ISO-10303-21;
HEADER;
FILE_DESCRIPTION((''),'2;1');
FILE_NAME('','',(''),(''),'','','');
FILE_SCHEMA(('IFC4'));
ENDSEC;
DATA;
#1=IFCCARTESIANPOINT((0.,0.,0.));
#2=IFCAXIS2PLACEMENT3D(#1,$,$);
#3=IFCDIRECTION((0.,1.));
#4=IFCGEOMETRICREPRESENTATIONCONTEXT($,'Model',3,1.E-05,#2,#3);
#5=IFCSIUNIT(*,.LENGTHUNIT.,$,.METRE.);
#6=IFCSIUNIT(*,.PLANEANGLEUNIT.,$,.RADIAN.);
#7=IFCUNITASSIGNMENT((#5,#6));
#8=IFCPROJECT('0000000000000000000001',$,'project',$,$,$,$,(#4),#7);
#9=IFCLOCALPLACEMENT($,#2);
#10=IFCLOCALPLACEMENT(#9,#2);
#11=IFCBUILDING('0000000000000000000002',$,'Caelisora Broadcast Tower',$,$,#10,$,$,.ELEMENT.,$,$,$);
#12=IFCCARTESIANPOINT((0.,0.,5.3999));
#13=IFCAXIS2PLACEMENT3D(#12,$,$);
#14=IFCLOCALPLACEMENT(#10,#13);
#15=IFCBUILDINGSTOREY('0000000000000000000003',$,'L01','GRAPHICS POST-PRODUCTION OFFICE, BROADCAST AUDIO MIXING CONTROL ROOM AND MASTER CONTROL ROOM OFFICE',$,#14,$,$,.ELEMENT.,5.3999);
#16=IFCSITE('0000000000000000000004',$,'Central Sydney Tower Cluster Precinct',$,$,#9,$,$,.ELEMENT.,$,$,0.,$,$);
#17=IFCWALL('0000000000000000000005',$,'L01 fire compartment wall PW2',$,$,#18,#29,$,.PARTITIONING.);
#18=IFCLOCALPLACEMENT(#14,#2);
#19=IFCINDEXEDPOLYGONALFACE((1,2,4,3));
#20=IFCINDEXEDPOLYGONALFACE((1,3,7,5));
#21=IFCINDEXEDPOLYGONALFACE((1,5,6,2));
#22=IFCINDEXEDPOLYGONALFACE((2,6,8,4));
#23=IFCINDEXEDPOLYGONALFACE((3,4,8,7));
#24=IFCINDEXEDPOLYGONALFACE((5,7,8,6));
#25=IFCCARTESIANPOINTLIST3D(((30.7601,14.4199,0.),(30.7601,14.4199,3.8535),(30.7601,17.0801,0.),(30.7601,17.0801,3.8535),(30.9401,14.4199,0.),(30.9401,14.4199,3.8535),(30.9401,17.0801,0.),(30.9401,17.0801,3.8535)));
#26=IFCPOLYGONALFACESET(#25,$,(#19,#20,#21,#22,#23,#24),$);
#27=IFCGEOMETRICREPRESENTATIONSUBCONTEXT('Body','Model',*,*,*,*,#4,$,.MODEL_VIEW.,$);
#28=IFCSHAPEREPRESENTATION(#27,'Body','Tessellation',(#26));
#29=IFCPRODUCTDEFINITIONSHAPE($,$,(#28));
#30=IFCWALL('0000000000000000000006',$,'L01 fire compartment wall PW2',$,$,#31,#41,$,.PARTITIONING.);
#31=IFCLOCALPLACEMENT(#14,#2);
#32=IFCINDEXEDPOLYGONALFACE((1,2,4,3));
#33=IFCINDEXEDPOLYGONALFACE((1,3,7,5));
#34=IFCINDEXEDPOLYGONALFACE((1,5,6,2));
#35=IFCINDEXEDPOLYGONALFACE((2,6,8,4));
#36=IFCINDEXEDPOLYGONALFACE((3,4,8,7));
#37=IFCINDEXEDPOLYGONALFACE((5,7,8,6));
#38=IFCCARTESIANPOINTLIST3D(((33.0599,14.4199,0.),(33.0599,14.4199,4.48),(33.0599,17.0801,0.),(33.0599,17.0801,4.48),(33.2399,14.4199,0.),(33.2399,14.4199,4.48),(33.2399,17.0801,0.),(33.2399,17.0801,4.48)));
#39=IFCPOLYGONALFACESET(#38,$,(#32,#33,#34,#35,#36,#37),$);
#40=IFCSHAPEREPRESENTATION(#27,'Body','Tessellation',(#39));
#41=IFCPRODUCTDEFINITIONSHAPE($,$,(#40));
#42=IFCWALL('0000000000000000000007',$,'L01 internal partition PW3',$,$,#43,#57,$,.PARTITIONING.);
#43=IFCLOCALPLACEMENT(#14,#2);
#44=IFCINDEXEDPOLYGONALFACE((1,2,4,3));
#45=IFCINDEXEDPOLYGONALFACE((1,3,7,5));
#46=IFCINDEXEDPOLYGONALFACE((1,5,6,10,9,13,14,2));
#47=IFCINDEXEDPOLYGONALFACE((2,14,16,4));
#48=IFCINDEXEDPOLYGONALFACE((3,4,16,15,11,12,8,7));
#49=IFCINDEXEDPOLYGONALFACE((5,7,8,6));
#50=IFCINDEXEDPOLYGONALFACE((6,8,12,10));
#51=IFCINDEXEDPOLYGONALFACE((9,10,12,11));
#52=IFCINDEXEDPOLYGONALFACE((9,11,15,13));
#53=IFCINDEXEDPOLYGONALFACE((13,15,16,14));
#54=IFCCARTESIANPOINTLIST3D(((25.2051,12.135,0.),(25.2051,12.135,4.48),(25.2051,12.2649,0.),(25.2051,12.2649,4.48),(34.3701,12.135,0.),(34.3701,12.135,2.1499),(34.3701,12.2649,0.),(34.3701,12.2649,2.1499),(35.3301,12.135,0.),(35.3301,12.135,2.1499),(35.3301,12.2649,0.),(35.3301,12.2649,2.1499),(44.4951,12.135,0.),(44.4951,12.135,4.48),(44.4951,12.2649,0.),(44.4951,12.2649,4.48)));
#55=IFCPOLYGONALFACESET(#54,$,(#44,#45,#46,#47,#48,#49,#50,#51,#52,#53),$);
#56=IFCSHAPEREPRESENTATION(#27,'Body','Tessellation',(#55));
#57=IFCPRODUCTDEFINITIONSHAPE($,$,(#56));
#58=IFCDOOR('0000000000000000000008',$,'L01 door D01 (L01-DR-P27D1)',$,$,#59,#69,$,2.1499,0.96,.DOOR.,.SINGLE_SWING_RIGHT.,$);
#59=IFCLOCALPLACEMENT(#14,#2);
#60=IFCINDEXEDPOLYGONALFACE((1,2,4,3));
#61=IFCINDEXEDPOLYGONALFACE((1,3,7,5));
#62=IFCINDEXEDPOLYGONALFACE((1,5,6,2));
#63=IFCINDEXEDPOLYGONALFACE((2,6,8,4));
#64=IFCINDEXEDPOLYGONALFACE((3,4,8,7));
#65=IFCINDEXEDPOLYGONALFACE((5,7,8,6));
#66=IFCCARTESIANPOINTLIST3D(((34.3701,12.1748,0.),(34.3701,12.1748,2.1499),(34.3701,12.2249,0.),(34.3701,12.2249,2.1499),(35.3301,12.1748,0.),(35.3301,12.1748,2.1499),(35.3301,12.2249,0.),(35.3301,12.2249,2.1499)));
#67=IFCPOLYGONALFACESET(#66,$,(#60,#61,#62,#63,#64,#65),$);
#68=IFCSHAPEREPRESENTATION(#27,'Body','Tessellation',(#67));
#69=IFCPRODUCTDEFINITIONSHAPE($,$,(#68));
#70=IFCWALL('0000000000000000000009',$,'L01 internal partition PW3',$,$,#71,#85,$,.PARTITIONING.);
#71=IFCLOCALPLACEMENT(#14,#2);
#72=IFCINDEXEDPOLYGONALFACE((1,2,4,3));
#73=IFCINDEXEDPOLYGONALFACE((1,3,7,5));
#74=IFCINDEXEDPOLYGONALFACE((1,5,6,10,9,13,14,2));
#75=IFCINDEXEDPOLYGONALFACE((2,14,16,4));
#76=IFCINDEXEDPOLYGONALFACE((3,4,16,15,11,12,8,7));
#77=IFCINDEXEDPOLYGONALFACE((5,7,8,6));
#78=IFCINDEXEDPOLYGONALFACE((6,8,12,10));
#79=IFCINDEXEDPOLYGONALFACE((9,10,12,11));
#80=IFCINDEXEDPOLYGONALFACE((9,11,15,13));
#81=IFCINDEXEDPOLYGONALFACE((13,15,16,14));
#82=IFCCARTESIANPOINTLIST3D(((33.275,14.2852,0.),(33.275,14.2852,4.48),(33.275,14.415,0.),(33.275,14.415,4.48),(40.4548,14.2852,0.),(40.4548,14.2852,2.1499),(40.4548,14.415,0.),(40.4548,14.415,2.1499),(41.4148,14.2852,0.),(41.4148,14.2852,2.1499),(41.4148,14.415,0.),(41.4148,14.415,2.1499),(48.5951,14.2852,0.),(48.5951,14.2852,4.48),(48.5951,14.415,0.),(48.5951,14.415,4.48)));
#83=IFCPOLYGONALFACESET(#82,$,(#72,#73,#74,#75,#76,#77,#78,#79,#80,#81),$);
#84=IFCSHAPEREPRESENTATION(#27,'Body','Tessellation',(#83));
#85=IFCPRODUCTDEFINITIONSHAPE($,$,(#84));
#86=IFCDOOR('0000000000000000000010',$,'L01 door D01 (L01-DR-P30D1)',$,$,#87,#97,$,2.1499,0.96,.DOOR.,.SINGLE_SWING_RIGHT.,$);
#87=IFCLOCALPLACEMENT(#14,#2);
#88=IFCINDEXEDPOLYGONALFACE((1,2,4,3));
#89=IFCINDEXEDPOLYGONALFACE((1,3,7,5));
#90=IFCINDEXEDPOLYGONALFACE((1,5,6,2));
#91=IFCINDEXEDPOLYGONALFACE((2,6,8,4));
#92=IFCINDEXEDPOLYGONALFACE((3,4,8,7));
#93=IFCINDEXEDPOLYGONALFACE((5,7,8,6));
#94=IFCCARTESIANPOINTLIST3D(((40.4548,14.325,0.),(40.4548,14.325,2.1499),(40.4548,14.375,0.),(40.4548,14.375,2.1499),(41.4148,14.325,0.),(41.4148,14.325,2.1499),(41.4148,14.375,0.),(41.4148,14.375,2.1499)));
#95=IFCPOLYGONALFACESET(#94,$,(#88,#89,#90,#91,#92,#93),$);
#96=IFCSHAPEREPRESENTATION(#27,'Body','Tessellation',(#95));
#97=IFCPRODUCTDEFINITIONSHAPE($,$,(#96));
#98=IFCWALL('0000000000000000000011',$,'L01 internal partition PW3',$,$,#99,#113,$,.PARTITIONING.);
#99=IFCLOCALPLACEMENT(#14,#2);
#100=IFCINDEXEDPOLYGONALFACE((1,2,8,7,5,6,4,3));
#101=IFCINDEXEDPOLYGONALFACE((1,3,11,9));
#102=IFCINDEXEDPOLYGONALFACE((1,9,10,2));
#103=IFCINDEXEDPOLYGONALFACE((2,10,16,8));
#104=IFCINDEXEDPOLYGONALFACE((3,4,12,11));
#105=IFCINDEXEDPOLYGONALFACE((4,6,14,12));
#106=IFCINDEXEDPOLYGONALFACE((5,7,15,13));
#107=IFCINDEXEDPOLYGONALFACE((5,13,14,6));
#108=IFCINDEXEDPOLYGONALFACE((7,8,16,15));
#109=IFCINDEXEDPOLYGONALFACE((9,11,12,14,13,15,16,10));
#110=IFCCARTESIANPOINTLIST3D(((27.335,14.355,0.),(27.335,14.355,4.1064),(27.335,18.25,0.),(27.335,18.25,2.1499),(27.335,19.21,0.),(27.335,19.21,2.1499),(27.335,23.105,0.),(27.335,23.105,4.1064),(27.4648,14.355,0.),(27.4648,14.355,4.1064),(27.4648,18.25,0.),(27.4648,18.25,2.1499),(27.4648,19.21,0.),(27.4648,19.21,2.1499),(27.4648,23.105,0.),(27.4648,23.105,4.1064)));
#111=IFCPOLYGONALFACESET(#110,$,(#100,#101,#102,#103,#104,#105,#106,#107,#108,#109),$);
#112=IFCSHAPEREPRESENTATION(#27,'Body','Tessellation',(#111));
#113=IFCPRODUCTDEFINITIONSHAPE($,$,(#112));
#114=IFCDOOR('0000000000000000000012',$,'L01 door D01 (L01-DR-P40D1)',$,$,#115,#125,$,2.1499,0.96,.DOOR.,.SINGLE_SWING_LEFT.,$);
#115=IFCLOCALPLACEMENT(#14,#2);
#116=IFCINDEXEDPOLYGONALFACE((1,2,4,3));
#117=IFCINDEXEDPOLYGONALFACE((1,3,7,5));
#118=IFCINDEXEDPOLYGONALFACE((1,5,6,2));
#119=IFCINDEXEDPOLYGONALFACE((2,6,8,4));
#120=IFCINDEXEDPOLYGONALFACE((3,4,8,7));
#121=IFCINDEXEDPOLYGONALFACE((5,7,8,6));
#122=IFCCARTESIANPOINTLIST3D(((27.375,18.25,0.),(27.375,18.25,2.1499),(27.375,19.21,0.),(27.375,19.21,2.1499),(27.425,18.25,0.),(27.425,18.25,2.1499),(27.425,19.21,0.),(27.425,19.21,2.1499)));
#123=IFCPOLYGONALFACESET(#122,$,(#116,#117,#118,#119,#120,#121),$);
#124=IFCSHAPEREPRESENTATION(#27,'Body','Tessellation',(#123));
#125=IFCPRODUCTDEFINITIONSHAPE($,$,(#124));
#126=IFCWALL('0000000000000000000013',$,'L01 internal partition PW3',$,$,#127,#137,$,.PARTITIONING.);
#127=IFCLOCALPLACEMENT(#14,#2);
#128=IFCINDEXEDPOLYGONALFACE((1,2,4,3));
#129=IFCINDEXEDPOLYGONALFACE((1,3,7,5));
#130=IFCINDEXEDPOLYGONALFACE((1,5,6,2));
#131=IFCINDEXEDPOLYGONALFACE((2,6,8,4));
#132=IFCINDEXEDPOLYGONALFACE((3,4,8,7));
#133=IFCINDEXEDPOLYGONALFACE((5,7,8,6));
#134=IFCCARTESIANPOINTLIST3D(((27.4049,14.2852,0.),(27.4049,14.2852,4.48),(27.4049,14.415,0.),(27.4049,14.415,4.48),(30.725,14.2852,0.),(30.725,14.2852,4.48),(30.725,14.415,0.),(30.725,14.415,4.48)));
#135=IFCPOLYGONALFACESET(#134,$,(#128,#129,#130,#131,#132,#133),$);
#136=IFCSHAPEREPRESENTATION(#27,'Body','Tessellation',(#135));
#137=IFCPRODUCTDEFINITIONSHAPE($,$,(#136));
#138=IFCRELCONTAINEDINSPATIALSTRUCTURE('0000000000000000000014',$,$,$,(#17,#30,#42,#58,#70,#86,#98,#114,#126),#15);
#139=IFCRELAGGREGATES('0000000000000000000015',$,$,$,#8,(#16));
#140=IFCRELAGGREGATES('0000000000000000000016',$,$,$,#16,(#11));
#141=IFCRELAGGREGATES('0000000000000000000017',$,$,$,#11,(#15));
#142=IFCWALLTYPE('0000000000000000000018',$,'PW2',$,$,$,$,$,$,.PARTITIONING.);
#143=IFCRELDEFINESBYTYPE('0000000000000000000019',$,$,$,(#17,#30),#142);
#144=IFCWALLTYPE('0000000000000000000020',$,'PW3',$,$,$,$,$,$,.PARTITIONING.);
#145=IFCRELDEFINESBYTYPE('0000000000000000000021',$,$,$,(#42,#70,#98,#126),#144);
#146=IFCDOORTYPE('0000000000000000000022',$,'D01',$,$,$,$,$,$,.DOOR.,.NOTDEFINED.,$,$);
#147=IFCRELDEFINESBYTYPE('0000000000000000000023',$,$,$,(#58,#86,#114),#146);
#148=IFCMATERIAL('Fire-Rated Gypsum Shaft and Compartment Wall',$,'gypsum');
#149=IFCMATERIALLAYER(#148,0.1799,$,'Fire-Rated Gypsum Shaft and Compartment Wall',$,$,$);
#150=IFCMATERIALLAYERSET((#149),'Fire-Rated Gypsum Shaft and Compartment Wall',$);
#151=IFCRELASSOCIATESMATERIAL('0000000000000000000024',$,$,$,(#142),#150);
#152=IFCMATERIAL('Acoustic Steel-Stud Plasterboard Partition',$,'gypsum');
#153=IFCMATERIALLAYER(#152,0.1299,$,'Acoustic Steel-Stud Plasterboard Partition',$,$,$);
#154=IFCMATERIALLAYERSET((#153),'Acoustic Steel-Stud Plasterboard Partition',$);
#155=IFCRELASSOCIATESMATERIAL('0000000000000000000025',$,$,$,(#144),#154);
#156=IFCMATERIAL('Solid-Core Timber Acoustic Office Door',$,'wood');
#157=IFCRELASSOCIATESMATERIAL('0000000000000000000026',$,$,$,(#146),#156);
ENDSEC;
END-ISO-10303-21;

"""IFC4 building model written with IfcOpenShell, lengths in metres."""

from ifc_helpers import new_model, si_unit, direction, frame, frame_2d, origin, place, context, subcontext, project, spatial, rectangle, extrude, material, layer, layer_set, type_object, element, fill, save


model = new_model("IFC4")

# Units and contexts
model_context = context("Model", 3, precision=1e-05, world=origin(), true_north=direction((0.0, 1.0)))
body_context = subcontext(model_context, "Body", "Model", "MODEL_VIEW")
ifc_project = project(units=[si_unit("LENGTHUNIT", "METRE"), si_unit("PLANEANGLEUNIT", "RADIAN")], contexts=[model_context])

# Site, building, storey
site_placement = place(None, origin())
site = spatial("IfcSite", under=ifc_project, at=site_placement, Name="Central Sydney Tower Cluster Precinct", CompositionType="ELEMENT", RefElevation=0.0)
building_placement = place(site_placement, origin())
building = spatial("IfcBuilding", under=site, at=building_placement, Name="Caelisora Broadcast Tower", CompositionType="ELEMENT")
storey_placement = place(building_placement, frame((0.0, 0.0, 5.3999)))
storey = spatial("IfcBuildingStorey", under=building, at=storey_placement, Name="L01", Description="GRAPHICS POST-PRODUCTION OFFICE, BROADCAST AUDIO MIXING CONTROL ROOM AND MASTER CONTROL ROOM OFFICE", CompositionType="ELEMENT", Elevation=5.3999)

# Shared definitions
ifc_material_1 = material(Name="Fire-Rated Gypsum Shaft and Compartment Wall", Category="gypsum")
ifc_layer_1 = layer(ifc_material_1, 0.1799, Name="Fire-Rated Gypsum Shaft and Compartment Wall")
ifc_layer_set_1 = layer_set([ifc_layer_1], Name="Fire-Rated Gypsum Shaft and Compartment Wall")
wall_type_1 = type_object("IfcWallType", Name="PW2", PredefinedType="PARTITIONING", material=ifc_layer_set_1)

# Walls
wall_1_placement = place(storey_placement, frame((30.8501, 14.4199, 0.0), z_axis=(0.0, 0.0, 1.0), x_axis=(0.0, 1.0, 0.0)))
element("IfcWall", 1, at=wall_1_placement, inside=storey, type_object=wall_type_1, Name="L01 fire compartment wall PW2", PredefinedType="PARTITIONING", context=body_context, shape_type="SweptSolid", body=[
    extrude(rectangle(XDim=2.6602, YDim=0.1799, at=frame_2d((1.3301, 0.0))), origin(), (0.0, 0.0, 1.0), 3.8535),
])
wall_2_placement = place(storey_placement, frame((33.1499, 14.4199, 0.0), z_axis=(0.0, 0.0, 1.0), x_axis=(0.0, 1.0, 0.0)))
element("IfcWall", 2, at=wall_2_placement, inside=storey, type_object=wall_type_1, Name="L01 fire compartment wall PW2", PredefinedType="PARTITIONING", context=body_context, shape_type="SweptSolid", body=[
    extrude(rectangle(XDim=2.6602, YDim=0.1799, at=frame_2d((1.3301, 0.0))), origin(), (0.0, 0.0, 1.0), 4.48),
])

# Walls, openings, doors
ifc_material_2 = material(Name="Acoustic Steel-Stud Plasterboard Partition", Category="gypsum")
ifc_layer_2 = layer(ifc_material_2, 0.1299, Name="Acoustic Steel-Stud Plasterboard Partition")
ifc_layer_set_2 = layer_set([ifc_layer_2], Name="Acoustic Steel-Stud Plasterboard Partition")
wall_type_2 = type_object("IfcWallType", Name="PW3", PredefinedType="PARTITIONING", material=ifc_layer_set_2)
wall_3_placement = place(storey_placement, frame((25.2051, 12.2, 0.0), z_axis=(0.0, 0.0, 1.0), x_axis=(1.0, 0.0, 0.0)))
wall_3 = element("IfcWall", 3, at=wall_3_placement, inside=storey, type_object=wall_type_2, Name="L01 internal partition PW3", PredefinedType="PARTITIONING", context=body_context, shape_type="SweptSolid", body=[
    extrude(rectangle(XDim=19.29, YDim=0.1299, at=frame_2d((9.645, 0.0))), origin(), (0.0, 0.0, 1.0), 4.48),
])
opening_1_placement = place(wall_3_placement, frame((9.165, 0.0, 0.0)))
opening_1 = element("IfcOpeningElement", 4, at=opening_1_placement, cuts=wall_3, PredefinedType="OPENING", context=body_context, shape_type="SweptSolid", body=[
    extrude(rectangle(XDim=0.96, YDim=2.1499, at=frame_2d((0.48, 1.075))), frame((0.0, 0.0769, 0.0), z_axis=(0.0, -1.0, 0.0), x_axis=(1.0, 0.0, 0.0)), (0.0, 0.0, 1.0), 0.1538),
])
ifc_material_3 = material(Name="Solid-Core Timber Acoustic Office Door", Category="wood")
door_type_1 = type_object("IfcDoorType", Name="D01", OperationType="NOTDEFINED", PredefinedType="DOOR", material=ifc_material_3)
door_1_placement = place(opening_1_placement, origin())
door_1 = element("IfcDoor", 5, at=door_1_placement, inside=storey, type_object=door_type_1, Name="L01 door D01 (L01-DR-P27D1)", OperationType="SINGLE_SWING_RIGHT", OverallHeight=2.1499, OverallWidth=0.96, PredefinedType="DOOR", context=body_context, shape_type="SweptSolid", body=[
    extrude(rectangle(XDim=0.96, YDim=2.1499, at=frame_2d((0.48, 1.075))), frame((0.0, 0.0249, 0.0), z_axis=(0.0, -1.0, 0.0), x_axis=(1.0, 0.0, 0.0)), (0.0, 0.0, 1.0), 0.05),
])
fill(opening_1, door_1)
wall_4_placement = place(storey_placement, frame((33.2749, 14.3501, 0.0), z_axis=(0.0, 0.0, 1.0), x_axis=(1.0, 0.0, 0.0)))
wall_4 = element("IfcWall", 6, at=wall_4_placement, inside=storey, type_object=wall_type_2, Name="L01 internal partition PW3", PredefinedType="PARTITIONING", context=body_context, shape_type="SweptSolid", body=[
    extrude(rectangle(XDim=15.3201, YDim=0.1299, at=frame_2d((7.6602, 0.0))), origin(), (0.0, 0.0, 1.0), 4.48),
])
opening_2_placement = place(wall_4_placement, frame((7.1799, 0.0, 0.0)))
opening_2 = element("IfcOpeningElement", 7, at=opening_2_placement, cuts=wall_4, PredefinedType="OPENING", context=body_context, shape_type="SweptSolid", body=[
    extrude(rectangle(XDim=0.96, YDim=2.1499, at=frame_2d((0.48, 1.075))), frame((0.0, 0.0769, 0.0), z_axis=(0.0, -1.0, 0.0), x_axis=(1.0, 0.0, 0.0)), (0.0, 0.0, 1.0), 0.1538),
])
door_2_placement = place(opening_2_placement, origin())
door_2 = element("IfcDoor", 8, at=door_2_placement, inside=storey, type_object=door_type_1, Name="L01 door D01 (L01-DR-P30D1)", OperationType="SINGLE_SWING_RIGHT", OverallHeight=2.1499, OverallWidth=0.96, PredefinedType="DOOR", context=body_context, shape_type="SweptSolid", body=[
    extrude(rectangle(XDim=0.96, YDim=2.1499, at=frame_2d((0.48, 1.075))), frame((0.0, 0.0249, 0.0), z_axis=(0.0, -1.0, 0.0), x_axis=(1.0, 0.0, 0.0)), (0.0, 0.0, 1.0), 0.05),
])
fill(opening_2, door_2)
wall_5_placement = place(storey_placement, frame((27.3999, 14.355, 0.0), z_axis=(0.0, 0.0, 1.0), x_axis=(0.0, 1.0, 0.0)))
wall_5 = element("IfcWall", 9, at=wall_5_placement, inside=storey, type_object=wall_type_2, Name="L01 internal partition PW3", PredefinedType="PARTITIONING", context=body_context, shape_type="SweptSolid", body=[
    extrude(rectangle(XDim=8.75, YDim=0.1299, at=frame_2d((4.375, 0.0))), origin(), (0.0, 0.0, 1.0), 4.1064),
])
opening_3_placement = place(wall_5_placement, frame((3.895, 0.0, 0.0)))
opening_3 = element("IfcOpeningElement", 10, at=opening_3_placement, cuts=wall_5, PredefinedType="OPENING", context=body_context, shape_type="SweptSolid", body=[
    extrude(rectangle(XDim=0.96, YDim=2.1499, at=frame_2d((0.48, 1.075))), frame((0.0, 0.0769, 0.0), z_axis=(0.0, -1.0, 0.0), x_axis=(1.0, 0.0, 0.0)), (0.0, 0.0, 1.0), 0.1538),
])
door_3_placement = place(opening_3_placement, origin())
door_3 = element("IfcDoor", 11, at=door_3_placement, inside=storey, type_object=door_type_1, Name="L01 door D01 (L01-DR-P40D1)", OperationType="SINGLE_SWING_LEFT", OverallHeight=2.1499, OverallWidth=0.96, PredefinedType="DOOR", context=body_context, shape_type="SweptSolid", body=[
    extrude(rectangle(XDim=0.96, YDim=2.1499, at=frame_2d((0.48, 1.075))), frame((0.0, 0.0249, 0.0), z_axis=(0.0, -1.0, 0.0), x_axis=(1.0, 0.0, 0.0)), (0.0, 0.0, 1.0), 0.05),
])
fill(opening_3, door_3)

# Wall
wall_6_placement = place(storey_placement, frame((30.7251, 14.3501, 0.0), z_axis=(0.0, 0.0, 1.0), x_axis=(-1.0, 0.0, 0.0)))
element("IfcWall", 12, at=wall_6_placement, inside=storey, type_object=wall_type_2, Name="L01 internal partition PW3", PredefinedType="PARTITIONING", context=body_context, shape_type="SweptSolid", body=[
    extrude(rectangle(XDim=3.3201, YDim=0.1299, at=frame_2d((1.6602, 0.0))), origin(), (0.0, 0.0, 1.0), 4.48),
])

save(model, "model.ifc")
